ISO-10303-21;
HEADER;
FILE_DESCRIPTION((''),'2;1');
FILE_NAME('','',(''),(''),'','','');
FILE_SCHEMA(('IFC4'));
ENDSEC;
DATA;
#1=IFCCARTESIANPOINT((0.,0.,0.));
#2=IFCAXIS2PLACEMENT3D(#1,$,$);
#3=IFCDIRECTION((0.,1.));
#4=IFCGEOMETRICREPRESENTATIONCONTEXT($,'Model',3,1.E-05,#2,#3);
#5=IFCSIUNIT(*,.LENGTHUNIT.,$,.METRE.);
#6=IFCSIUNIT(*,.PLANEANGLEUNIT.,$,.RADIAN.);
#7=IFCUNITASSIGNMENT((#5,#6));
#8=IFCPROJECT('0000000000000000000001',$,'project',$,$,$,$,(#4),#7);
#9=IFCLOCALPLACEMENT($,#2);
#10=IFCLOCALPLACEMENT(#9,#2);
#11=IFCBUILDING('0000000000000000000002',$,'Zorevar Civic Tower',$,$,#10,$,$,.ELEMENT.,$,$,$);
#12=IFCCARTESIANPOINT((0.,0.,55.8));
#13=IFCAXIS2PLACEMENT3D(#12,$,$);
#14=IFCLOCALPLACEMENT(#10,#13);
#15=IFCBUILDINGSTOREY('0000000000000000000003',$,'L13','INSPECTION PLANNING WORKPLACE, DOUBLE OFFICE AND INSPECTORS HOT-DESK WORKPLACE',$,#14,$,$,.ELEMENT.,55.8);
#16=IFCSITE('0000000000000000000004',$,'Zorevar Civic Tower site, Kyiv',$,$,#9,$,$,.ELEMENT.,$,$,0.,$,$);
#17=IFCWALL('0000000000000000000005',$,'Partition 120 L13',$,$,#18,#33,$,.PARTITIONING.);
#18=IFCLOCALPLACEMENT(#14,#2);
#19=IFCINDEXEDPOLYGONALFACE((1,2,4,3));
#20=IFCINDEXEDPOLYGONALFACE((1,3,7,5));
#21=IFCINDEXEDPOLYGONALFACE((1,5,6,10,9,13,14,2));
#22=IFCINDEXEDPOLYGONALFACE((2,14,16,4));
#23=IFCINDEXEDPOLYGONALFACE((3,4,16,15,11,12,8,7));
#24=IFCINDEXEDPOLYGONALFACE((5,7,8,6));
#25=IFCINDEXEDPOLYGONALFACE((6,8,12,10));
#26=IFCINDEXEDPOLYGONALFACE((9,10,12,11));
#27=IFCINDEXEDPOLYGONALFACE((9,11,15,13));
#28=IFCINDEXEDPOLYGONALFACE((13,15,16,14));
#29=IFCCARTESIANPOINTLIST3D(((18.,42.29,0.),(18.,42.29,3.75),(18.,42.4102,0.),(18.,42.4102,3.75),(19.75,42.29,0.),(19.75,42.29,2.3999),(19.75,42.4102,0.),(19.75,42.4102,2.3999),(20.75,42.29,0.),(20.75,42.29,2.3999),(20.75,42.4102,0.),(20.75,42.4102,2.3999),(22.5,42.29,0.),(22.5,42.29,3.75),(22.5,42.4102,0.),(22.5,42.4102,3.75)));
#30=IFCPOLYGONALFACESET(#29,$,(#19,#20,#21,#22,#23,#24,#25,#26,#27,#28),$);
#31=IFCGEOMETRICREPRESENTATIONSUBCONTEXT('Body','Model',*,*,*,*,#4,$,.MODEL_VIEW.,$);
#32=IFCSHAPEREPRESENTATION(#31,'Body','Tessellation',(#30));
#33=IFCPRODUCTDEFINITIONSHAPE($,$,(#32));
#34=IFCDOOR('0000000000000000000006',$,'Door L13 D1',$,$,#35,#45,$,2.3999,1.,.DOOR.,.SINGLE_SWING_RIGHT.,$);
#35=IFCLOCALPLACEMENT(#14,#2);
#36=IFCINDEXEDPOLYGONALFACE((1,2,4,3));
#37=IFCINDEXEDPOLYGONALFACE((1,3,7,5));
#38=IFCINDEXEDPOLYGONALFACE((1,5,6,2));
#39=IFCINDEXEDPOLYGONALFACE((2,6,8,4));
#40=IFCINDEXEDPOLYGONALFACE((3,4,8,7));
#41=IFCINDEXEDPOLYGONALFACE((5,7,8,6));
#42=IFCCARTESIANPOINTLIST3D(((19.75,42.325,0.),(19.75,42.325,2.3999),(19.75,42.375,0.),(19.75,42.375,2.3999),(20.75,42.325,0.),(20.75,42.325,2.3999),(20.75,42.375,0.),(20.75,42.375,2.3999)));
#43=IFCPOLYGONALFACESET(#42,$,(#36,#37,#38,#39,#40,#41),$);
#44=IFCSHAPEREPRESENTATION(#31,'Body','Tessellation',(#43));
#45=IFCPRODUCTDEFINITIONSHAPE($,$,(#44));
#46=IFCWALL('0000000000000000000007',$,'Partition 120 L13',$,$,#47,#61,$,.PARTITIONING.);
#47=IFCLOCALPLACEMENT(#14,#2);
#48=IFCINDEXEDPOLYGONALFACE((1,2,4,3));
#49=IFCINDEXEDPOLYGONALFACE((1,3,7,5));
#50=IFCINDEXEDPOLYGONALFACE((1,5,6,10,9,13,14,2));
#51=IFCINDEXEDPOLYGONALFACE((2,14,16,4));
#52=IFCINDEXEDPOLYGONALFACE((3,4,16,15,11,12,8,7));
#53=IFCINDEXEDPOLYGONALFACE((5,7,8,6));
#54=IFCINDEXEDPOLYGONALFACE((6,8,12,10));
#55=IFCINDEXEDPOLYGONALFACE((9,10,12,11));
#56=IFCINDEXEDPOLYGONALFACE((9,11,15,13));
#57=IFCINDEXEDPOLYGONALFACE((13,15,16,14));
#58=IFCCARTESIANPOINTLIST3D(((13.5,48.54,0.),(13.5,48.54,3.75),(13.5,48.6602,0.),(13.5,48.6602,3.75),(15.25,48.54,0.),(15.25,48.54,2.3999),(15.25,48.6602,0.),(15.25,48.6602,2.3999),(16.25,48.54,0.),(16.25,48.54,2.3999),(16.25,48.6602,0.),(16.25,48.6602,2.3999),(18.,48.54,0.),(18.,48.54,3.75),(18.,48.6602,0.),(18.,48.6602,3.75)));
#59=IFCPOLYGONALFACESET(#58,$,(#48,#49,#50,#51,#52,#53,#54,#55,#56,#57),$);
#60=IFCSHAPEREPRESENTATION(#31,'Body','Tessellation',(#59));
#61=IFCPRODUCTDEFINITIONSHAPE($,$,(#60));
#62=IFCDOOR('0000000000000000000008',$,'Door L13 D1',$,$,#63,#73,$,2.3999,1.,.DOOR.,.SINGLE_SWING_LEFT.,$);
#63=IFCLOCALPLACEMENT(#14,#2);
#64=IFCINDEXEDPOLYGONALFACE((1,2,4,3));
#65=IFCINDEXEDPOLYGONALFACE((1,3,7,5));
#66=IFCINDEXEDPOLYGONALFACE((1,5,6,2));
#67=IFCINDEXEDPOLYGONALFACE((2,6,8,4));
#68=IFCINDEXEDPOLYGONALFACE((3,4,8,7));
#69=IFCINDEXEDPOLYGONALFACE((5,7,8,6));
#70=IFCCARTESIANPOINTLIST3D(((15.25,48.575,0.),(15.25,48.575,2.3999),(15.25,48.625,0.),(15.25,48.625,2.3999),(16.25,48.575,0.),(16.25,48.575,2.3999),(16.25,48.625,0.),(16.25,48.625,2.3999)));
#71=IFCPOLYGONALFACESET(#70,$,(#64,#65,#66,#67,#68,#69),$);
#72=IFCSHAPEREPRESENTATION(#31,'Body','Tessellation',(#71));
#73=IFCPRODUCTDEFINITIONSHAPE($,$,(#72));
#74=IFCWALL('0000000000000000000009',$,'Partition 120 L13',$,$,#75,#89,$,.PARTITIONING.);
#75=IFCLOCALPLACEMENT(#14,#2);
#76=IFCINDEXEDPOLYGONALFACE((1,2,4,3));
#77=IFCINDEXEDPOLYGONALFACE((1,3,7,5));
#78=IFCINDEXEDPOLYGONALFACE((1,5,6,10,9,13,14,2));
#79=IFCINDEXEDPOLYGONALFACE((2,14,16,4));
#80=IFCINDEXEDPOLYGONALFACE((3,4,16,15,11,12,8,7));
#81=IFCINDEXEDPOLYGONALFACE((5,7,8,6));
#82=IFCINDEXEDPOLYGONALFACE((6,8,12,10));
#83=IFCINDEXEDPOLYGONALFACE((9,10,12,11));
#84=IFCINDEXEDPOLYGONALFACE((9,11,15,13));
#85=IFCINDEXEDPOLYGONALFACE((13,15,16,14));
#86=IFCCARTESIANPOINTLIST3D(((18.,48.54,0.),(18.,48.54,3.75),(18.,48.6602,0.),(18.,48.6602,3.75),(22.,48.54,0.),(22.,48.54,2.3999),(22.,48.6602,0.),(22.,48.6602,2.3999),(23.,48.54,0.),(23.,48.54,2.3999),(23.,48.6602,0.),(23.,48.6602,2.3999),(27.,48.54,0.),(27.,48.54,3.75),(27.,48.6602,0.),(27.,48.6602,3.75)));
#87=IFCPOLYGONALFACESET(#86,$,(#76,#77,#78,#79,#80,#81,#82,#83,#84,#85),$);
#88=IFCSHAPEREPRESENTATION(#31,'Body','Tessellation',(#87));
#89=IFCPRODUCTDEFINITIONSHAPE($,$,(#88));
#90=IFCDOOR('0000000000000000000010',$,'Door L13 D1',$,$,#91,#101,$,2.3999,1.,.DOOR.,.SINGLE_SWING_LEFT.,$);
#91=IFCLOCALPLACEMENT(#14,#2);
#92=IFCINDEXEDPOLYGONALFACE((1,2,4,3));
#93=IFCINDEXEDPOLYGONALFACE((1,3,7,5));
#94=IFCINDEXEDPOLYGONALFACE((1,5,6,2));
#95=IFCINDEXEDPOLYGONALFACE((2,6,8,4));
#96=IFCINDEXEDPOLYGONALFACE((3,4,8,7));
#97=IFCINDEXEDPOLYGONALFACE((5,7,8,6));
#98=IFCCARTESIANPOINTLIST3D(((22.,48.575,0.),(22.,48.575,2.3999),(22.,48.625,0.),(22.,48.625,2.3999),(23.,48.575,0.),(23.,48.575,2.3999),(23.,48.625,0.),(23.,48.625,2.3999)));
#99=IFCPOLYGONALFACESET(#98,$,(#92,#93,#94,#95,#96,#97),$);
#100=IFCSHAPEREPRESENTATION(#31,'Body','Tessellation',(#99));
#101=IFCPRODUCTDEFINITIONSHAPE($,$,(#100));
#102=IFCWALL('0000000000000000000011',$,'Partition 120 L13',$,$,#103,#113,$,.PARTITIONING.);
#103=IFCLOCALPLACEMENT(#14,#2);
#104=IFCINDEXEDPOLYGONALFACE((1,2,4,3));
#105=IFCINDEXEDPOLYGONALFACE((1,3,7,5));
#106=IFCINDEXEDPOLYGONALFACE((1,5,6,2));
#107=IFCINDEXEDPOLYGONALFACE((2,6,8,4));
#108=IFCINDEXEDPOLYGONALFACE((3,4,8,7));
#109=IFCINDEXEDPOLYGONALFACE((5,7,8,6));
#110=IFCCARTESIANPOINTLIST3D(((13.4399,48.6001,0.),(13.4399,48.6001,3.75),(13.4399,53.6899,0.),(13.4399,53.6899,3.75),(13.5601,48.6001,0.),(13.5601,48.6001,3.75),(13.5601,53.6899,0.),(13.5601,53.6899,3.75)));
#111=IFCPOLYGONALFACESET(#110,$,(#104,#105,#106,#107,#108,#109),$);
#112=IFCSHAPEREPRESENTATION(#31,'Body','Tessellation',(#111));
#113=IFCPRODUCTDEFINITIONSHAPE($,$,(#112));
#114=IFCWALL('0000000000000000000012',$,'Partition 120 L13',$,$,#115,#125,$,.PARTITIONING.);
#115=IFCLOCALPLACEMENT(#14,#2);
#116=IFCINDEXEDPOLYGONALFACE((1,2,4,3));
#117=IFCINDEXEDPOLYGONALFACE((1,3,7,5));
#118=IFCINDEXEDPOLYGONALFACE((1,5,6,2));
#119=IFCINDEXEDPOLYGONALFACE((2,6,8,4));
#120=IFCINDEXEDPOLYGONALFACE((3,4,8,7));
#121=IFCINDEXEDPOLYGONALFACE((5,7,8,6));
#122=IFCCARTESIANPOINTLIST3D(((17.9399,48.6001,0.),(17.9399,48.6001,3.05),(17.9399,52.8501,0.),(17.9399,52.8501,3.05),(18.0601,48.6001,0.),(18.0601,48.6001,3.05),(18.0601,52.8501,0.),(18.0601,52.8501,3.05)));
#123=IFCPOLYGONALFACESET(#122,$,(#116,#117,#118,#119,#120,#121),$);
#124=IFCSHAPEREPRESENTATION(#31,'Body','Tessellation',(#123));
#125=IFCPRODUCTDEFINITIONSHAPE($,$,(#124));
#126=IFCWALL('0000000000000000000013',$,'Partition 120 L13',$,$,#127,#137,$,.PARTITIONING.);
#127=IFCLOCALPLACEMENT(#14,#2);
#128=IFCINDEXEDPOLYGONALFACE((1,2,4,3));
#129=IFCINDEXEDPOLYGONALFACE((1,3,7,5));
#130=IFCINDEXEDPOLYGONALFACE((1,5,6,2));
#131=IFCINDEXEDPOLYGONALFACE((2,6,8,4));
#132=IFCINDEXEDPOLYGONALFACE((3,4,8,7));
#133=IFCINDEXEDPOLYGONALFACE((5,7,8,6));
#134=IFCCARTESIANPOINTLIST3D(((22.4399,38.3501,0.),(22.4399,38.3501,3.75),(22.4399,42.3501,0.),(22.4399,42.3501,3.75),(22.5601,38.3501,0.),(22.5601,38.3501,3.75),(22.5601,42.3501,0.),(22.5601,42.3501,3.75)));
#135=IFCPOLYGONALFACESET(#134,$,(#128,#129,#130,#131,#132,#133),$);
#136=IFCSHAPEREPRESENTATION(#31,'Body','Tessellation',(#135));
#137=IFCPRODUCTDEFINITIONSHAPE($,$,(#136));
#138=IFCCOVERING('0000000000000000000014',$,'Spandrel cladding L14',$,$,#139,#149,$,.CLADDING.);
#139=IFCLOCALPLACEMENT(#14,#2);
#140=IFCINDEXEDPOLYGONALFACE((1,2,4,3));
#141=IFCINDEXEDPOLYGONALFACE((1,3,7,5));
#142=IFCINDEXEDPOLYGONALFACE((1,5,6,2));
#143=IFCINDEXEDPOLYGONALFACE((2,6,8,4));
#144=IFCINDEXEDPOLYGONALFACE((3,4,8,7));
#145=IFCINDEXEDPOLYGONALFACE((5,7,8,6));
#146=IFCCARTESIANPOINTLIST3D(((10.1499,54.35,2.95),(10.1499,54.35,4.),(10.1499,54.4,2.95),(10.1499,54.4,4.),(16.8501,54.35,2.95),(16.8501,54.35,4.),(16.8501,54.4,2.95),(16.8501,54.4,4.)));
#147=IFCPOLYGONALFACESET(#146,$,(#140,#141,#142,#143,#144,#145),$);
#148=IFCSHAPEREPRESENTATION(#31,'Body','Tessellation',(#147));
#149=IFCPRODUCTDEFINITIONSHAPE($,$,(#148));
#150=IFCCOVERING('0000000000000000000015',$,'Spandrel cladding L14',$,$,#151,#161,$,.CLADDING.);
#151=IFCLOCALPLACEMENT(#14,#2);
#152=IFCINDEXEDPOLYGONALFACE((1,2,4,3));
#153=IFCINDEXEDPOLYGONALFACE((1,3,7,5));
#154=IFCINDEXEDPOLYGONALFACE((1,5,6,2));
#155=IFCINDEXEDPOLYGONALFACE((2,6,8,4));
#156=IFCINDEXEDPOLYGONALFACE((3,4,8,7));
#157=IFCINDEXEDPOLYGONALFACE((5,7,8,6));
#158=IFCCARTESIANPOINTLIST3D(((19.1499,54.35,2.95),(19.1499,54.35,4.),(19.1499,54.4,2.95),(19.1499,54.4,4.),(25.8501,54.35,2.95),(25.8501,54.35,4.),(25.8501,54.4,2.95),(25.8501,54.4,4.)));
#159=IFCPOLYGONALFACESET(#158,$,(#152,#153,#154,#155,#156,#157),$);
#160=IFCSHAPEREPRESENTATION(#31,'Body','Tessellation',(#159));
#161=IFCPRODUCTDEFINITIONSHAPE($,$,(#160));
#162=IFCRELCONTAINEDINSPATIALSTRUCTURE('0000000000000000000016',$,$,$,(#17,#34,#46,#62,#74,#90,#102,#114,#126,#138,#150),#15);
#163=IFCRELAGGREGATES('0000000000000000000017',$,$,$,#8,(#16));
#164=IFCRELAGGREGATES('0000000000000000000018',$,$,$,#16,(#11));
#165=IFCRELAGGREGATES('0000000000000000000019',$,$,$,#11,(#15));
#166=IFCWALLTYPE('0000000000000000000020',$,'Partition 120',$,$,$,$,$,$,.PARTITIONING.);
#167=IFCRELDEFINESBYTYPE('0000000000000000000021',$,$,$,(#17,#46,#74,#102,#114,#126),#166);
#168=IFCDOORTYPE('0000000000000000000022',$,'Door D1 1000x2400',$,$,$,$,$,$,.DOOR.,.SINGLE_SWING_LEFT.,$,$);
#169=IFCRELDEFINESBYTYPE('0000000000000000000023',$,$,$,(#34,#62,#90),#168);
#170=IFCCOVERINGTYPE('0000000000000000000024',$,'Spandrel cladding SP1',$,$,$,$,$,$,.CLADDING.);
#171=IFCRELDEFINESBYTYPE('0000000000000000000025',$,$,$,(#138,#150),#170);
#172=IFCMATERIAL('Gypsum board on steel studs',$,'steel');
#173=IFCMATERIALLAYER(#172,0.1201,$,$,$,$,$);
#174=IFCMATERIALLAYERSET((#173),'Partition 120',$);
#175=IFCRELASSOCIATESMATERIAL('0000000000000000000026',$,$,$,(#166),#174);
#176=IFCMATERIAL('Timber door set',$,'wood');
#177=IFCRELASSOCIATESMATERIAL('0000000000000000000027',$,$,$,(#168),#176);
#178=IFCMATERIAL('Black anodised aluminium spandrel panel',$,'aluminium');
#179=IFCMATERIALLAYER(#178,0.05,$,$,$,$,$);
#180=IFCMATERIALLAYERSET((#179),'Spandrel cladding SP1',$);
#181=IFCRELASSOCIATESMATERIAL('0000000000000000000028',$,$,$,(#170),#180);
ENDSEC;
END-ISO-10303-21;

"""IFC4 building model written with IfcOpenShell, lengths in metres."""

from ifc_helpers import new_model, si_unit, direction, frame, frame_2d, origin, place, context, subcontext, project, spatial, rectangle, extrude, material, layer, layer_set, type_object, element, fill, save


model = new_model("IFC4")

# Units and contexts
model_context = context("Model", 3, precision=1e-05, world=origin(), true_north=direction((0.0, 1.0)))
body_context = subcontext(model_context, "Body", "Model", "MODEL_VIEW")
ifc_project = project(units=[si_unit("LENGTHUNIT", "METRE"), si_unit("PLANEANGLEUNIT", "RADIAN")], contexts=[model_context])

# Site, building, storey
site_placement = place(None, origin())
site = spatial("IfcSite", under=ifc_project, at=site_placement, Name="Zorevar Civic Tower site, Kyiv", CompositionType="ELEMENT", RefElevation=0.0)
building_placement = place(site_placement, origin())
building = spatial("IfcBuilding", under=site, at=building_placement, Name="Zorevar Civic Tower", CompositionType="ELEMENT")
storey_placement = place(building_placement, frame((0.0, 0.0, 55.8)))
storey = spatial("IfcBuildingStorey", under=building, at=storey_placement, Name="L13", Description="INSPECTION PLANNING WORKPLACE, DOUBLE OFFICE AND INSPECTORS HOT-DESK WORKPLACE", CompositionType="ELEMENT", Elevation=55.8)

# Walls, openings, doors
ifc_material_1 = material(Name="Gypsum board on steel studs", Category="steel")
ifc_layer_1 = layer(ifc_material_1, 0.1201)
ifc_layer_set_1 = layer_set([ifc_layer_1], Name="Partition 120")
wall_type_1 = type_object("IfcWallType", Name="Partition 120", PredefinedType="PARTITIONING", material=ifc_layer_set_1)
wall_1_placement = place(storey_placement, frame((18.0, 42.3501, 0.0), z_axis=(0.0, 0.0, 1.0), x_axis=(1.0, 0.0, 0.0)))
wall_1 = element("IfcWall", 1, at=wall_1_placement, inside=storey, type_object=wall_type_1, Name="Partition 120 L13", PredefinedType="PARTITIONING", context=body_context, shape_type="SweptSolid", body=[
    extrude(rectangle(XDim=4.5, YDim=0.1201, at=frame_2d((2.25, 0.0))), origin(), (0.0, 0.0, 1.0), 3.75),
])
opening_1_placement = place(wall_1_placement, frame((1.75, 0.0, 0.0)))
opening_1 = element("IfcOpeningElement", 2, at=opening_1_placement, cuts=wall_1, PredefinedType="OPENING", context=body_context, shape_type="SweptSolid", body=[
    extrude(rectangle(XDim=1.0, YDim=2.3999, at=frame_2d((0.5, 1.2))), frame((0.0, 0.0701, 0.0), z_axis=(0.0, -1.0, 0.0), x_axis=(1.0, 0.0, 0.0)), (0.0, 0.0, 1.0), 0.1401),
])
ifc_material_2 = material(Name="Timber door set", Category="wood")
door_type = type_object("IfcDoorType", Name="Door D1 1000x2400", OperationType="SINGLE_SWING_LEFT", PredefinedType="DOOR", material=ifc_material_2)
door_1_placement = place(opening_1_placement, origin())
door_1 = element("IfcDoor", 3, at=door_1_placement, inside=storey, type_object=door_type, Name="Door L13 D1", OperationType="SINGLE_SWING_RIGHT", OverallHeight=2.3999, OverallWidth=1.0, PredefinedType="DOOR", context=body_context, shape_type="SweptSolid", body=[
    extrude(rectangle(XDim=1.0, YDim=2.3999, at=frame_2d((0.5, 1.2))), frame((0.0, 0.0249, 0.0), z_axis=(0.0, -1.0, 0.0), x_axis=(1.0, 0.0, 0.0)), (0.0, 0.0, 1.0), 0.05),
])
fill(opening_1, door_1)
wall_2_placement = place(storey_placement, frame((13.5, 48.6001, 0.0), z_axis=(0.0, 0.0, 1.0), x_axis=(1.0, 0.0, 0.0)))
wall_2 = element("IfcWall", 4, at=wall_2_placement, inside=storey, type_object=wall_type_1, Name="Partition 120 L13", PredefinedType="PARTITIONING", context=body_context, shape_type="SweptSolid", body=[
    extrude(rectangle(XDim=4.5, YDim=0.1201, at=frame_2d((2.25, 0.0))), origin(), (0.0, 0.0, 1.0), 3.75),
])
opening_2_placement = place(wall_2_placement, frame((1.75, 0.0, 0.0)))
opening_2 = element("IfcOpeningElement", 5, at=opening_2_placement, cuts=wall_2, PredefinedType="OPENING", context=body_context, shape_type="SweptSolid", body=[
    extrude(rectangle(XDim=1.0, YDim=2.3999, at=frame_2d((0.5, 1.2))), frame((0.0, 0.0701, 0.0), z_axis=(0.0, -1.0, 0.0), x_axis=(1.0, 0.0, 0.0)), (0.0, 0.0, 1.0), 0.1401),
])
door_2_placement = place(opening_2_placement, origin())
door_2 = element("IfcDoor", 6, at=door_2_placement, inside=storey, type_object=door_type, Name="Door L13 D1", OperationType="SINGLE_SWING_LEFT", OverallHeight=2.3999, OverallWidth=1.0, PredefinedType="DOOR", context=body_context, shape_type="SweptSolid", body=[
    extrude(rectangle(XDim=1.0, YDim=2.3999, at=frame_2d((0.5, 1.2))), frame((0.0, 0.0249, 0.0), z_axis=(0.0, -1.0, 0.0), x_axis=(1.0, 0.0, 0.0)), (0.0, 0.0, 1.0), 0.05),
])
fill(opening_2, door_2)
wall_3_placement = place(storey_placement, frame((18.0, 48.6001, 0.0), z_axis=(0.0, 0.0, 1.0), x_axis=(1.0, 0.0, 0.0)))
wall_3 = element("IfcWall", 7, at=wall_3_placement, inside=storey, type_object=wall_type_1, Name="Partition 120 L13", PredefinedType="PARTITIONING", context=body_context, shape_type="SweptSolid", body=[
    extrude(rectangle(XDim=9.0, YDim=0.1201, at=frame_2d((4.5, 0.0))), origin(), (0.0, 0.0, 1.0), 3.75),
])
opening_3_placement = place(wall_3_placement, frame((4.0, 0.0, 0.0)))
opening_3 = element("IfcOpeningElement", 8, at=opening_3_placement, cuts=wall_3, PredefinedType="OPENING", context=body_context, shape_type="SweptSolid", body=[
    extrude(rectangle(XDim=1.0, YDim=2.3999, at=frame_2d((0.5, 1.2))), frame((0.0, 0.0701, 0.0), z_axis=(0.0, -1.0, 0.0), x_axis=(1.0, 0.0, 0.0)), (0.0, 0.0, 1.0), 0.1401),
])
door_3_placement = place(opening_3_placement, origin())
door_3 = element("IfcDoor", 9, at=door_3_placement, inside=storey, type_object=door_type, Name="Door L13 D1", OperationType="SINGLE_SWING_LEFT", OverallHeight=2.3999, OverallWidth=1.0, PredefinedType="DOOR", context=body_context, shape_type="SweptSolid", body=[
    extrude(rectangle(XDim=1.0, YDim=2.3999, at=frame_2d((0.5, 1.2))), frame((0.0, 0.0249, 0.0), z_axis=(0.0, -1.0, 0.0), x_axis=(1.0, 0.0, 0.0)), (0.0, 0.0, 1.0), 0.05),
])
fill(opening_3, door_3)

# Walls
wall_4_placement = place(storey_placement, frame((13.5, 48.6001, 0.0), z_axis=(0.0, 0.0, 1.0), x_axis=(0.0, 1.0, 0.0)))
element("IfcWall", 10, at=wall_4_placement, inside=storey, type_object=wall_type_1, Name="Partition 120 L13", PredefinedType="PARTITIONING", context=body_context, shape_type="SweptSolid", body=[
    extrude(rectangle(XDim=5.0898, YDim=0.1201, at=frame_2d((2.5449, 0.0))), origin(), (0.0, 0.0, 1.0), 3.75),
])
wall_5_placement = place(storey_placement, frame((18.0, 48.6001, 0.0), z_axis=(0.0, 0.0, 1.0), x_axis=(0.0, 1.0, 0.0)))
element("IfcWall", 11, at=wall_5_placement, inside=storey, type_object=wall_type_1, Name="Partition 120 L13", PredefinedType="PARTITIONING", context=body_context, shape_type="SweptSolid", body=[
    extrude(rectangle(XDim=4.25, YDim=0.1201, at=frame_2d((2.125, 0.0))), origin(), (0.0, 0.0, 1.0), 3.05),
])
wall_6_placement = place(storey_placement, frame((22.5, 38.3501, 0.0), z_axis=(0.0, 0.0, 1.0), x_axis=(0.0, 1.0, 0.0)))
element("IfcWall", 12, at=wall_6_placement, inside=storey, type_object=wall_type_1, Name="Partition 120 L13", PredefinedType="PARTITIONING", context=body_context, shape_type="SweptSolid", body=[
    extrude(rectangle(XDim=4.0, YDim=0.1201, at=frame_2d((2.0, 0.0))), origin(), (0.0, 0.0, 1.0), 3.75),
])

# Coverings
ifc_material_3 = material(Name="Black anodised aluminium spandrel panel", Category="aluminium")
ifc_layer_2 = layer(ifc_material_3, 0.05)
ifc_layer_set_2 = layer_set([ifc_layer_2], Name="Spandrel cladding SP1")
covering_type = type_object("IfcCoveringType", Name="Spandrel cladding SP1", PredefinedType="CLADDING", material=ifc_layer_set_2)
for number, where, z_axis, x_axis, name in (
    (13, (10.1499, 54.375, 2.95), (0.0, 0.0, 1.0), (1.0, 0.0, 0.0), "Spandrel cladding L14"),
    (14, (19.1499, 54.375, 2.95), (0.0, 0.0, 1.0), (1.0, 0.0, 0.0), "Spandrel cladding L14"),
):
    element("IfcCovering", number, at=place(storey_placement, frame(where, z_axis=z_axis, x_axis=x_axis)), inside=storey, type_object=covering_type, Name=name, PredefinedType="CLADDING", context=body_context, shape_type="SweptSolid", body=[
        extrude(rectangle(XDim=6.7002, YDim=0.05, at=frame_2d((3.3501, 0.0))), origin(), (0.0, 0.0, 1.0), 1.05),
    ])

save(model, "model.ifc")
